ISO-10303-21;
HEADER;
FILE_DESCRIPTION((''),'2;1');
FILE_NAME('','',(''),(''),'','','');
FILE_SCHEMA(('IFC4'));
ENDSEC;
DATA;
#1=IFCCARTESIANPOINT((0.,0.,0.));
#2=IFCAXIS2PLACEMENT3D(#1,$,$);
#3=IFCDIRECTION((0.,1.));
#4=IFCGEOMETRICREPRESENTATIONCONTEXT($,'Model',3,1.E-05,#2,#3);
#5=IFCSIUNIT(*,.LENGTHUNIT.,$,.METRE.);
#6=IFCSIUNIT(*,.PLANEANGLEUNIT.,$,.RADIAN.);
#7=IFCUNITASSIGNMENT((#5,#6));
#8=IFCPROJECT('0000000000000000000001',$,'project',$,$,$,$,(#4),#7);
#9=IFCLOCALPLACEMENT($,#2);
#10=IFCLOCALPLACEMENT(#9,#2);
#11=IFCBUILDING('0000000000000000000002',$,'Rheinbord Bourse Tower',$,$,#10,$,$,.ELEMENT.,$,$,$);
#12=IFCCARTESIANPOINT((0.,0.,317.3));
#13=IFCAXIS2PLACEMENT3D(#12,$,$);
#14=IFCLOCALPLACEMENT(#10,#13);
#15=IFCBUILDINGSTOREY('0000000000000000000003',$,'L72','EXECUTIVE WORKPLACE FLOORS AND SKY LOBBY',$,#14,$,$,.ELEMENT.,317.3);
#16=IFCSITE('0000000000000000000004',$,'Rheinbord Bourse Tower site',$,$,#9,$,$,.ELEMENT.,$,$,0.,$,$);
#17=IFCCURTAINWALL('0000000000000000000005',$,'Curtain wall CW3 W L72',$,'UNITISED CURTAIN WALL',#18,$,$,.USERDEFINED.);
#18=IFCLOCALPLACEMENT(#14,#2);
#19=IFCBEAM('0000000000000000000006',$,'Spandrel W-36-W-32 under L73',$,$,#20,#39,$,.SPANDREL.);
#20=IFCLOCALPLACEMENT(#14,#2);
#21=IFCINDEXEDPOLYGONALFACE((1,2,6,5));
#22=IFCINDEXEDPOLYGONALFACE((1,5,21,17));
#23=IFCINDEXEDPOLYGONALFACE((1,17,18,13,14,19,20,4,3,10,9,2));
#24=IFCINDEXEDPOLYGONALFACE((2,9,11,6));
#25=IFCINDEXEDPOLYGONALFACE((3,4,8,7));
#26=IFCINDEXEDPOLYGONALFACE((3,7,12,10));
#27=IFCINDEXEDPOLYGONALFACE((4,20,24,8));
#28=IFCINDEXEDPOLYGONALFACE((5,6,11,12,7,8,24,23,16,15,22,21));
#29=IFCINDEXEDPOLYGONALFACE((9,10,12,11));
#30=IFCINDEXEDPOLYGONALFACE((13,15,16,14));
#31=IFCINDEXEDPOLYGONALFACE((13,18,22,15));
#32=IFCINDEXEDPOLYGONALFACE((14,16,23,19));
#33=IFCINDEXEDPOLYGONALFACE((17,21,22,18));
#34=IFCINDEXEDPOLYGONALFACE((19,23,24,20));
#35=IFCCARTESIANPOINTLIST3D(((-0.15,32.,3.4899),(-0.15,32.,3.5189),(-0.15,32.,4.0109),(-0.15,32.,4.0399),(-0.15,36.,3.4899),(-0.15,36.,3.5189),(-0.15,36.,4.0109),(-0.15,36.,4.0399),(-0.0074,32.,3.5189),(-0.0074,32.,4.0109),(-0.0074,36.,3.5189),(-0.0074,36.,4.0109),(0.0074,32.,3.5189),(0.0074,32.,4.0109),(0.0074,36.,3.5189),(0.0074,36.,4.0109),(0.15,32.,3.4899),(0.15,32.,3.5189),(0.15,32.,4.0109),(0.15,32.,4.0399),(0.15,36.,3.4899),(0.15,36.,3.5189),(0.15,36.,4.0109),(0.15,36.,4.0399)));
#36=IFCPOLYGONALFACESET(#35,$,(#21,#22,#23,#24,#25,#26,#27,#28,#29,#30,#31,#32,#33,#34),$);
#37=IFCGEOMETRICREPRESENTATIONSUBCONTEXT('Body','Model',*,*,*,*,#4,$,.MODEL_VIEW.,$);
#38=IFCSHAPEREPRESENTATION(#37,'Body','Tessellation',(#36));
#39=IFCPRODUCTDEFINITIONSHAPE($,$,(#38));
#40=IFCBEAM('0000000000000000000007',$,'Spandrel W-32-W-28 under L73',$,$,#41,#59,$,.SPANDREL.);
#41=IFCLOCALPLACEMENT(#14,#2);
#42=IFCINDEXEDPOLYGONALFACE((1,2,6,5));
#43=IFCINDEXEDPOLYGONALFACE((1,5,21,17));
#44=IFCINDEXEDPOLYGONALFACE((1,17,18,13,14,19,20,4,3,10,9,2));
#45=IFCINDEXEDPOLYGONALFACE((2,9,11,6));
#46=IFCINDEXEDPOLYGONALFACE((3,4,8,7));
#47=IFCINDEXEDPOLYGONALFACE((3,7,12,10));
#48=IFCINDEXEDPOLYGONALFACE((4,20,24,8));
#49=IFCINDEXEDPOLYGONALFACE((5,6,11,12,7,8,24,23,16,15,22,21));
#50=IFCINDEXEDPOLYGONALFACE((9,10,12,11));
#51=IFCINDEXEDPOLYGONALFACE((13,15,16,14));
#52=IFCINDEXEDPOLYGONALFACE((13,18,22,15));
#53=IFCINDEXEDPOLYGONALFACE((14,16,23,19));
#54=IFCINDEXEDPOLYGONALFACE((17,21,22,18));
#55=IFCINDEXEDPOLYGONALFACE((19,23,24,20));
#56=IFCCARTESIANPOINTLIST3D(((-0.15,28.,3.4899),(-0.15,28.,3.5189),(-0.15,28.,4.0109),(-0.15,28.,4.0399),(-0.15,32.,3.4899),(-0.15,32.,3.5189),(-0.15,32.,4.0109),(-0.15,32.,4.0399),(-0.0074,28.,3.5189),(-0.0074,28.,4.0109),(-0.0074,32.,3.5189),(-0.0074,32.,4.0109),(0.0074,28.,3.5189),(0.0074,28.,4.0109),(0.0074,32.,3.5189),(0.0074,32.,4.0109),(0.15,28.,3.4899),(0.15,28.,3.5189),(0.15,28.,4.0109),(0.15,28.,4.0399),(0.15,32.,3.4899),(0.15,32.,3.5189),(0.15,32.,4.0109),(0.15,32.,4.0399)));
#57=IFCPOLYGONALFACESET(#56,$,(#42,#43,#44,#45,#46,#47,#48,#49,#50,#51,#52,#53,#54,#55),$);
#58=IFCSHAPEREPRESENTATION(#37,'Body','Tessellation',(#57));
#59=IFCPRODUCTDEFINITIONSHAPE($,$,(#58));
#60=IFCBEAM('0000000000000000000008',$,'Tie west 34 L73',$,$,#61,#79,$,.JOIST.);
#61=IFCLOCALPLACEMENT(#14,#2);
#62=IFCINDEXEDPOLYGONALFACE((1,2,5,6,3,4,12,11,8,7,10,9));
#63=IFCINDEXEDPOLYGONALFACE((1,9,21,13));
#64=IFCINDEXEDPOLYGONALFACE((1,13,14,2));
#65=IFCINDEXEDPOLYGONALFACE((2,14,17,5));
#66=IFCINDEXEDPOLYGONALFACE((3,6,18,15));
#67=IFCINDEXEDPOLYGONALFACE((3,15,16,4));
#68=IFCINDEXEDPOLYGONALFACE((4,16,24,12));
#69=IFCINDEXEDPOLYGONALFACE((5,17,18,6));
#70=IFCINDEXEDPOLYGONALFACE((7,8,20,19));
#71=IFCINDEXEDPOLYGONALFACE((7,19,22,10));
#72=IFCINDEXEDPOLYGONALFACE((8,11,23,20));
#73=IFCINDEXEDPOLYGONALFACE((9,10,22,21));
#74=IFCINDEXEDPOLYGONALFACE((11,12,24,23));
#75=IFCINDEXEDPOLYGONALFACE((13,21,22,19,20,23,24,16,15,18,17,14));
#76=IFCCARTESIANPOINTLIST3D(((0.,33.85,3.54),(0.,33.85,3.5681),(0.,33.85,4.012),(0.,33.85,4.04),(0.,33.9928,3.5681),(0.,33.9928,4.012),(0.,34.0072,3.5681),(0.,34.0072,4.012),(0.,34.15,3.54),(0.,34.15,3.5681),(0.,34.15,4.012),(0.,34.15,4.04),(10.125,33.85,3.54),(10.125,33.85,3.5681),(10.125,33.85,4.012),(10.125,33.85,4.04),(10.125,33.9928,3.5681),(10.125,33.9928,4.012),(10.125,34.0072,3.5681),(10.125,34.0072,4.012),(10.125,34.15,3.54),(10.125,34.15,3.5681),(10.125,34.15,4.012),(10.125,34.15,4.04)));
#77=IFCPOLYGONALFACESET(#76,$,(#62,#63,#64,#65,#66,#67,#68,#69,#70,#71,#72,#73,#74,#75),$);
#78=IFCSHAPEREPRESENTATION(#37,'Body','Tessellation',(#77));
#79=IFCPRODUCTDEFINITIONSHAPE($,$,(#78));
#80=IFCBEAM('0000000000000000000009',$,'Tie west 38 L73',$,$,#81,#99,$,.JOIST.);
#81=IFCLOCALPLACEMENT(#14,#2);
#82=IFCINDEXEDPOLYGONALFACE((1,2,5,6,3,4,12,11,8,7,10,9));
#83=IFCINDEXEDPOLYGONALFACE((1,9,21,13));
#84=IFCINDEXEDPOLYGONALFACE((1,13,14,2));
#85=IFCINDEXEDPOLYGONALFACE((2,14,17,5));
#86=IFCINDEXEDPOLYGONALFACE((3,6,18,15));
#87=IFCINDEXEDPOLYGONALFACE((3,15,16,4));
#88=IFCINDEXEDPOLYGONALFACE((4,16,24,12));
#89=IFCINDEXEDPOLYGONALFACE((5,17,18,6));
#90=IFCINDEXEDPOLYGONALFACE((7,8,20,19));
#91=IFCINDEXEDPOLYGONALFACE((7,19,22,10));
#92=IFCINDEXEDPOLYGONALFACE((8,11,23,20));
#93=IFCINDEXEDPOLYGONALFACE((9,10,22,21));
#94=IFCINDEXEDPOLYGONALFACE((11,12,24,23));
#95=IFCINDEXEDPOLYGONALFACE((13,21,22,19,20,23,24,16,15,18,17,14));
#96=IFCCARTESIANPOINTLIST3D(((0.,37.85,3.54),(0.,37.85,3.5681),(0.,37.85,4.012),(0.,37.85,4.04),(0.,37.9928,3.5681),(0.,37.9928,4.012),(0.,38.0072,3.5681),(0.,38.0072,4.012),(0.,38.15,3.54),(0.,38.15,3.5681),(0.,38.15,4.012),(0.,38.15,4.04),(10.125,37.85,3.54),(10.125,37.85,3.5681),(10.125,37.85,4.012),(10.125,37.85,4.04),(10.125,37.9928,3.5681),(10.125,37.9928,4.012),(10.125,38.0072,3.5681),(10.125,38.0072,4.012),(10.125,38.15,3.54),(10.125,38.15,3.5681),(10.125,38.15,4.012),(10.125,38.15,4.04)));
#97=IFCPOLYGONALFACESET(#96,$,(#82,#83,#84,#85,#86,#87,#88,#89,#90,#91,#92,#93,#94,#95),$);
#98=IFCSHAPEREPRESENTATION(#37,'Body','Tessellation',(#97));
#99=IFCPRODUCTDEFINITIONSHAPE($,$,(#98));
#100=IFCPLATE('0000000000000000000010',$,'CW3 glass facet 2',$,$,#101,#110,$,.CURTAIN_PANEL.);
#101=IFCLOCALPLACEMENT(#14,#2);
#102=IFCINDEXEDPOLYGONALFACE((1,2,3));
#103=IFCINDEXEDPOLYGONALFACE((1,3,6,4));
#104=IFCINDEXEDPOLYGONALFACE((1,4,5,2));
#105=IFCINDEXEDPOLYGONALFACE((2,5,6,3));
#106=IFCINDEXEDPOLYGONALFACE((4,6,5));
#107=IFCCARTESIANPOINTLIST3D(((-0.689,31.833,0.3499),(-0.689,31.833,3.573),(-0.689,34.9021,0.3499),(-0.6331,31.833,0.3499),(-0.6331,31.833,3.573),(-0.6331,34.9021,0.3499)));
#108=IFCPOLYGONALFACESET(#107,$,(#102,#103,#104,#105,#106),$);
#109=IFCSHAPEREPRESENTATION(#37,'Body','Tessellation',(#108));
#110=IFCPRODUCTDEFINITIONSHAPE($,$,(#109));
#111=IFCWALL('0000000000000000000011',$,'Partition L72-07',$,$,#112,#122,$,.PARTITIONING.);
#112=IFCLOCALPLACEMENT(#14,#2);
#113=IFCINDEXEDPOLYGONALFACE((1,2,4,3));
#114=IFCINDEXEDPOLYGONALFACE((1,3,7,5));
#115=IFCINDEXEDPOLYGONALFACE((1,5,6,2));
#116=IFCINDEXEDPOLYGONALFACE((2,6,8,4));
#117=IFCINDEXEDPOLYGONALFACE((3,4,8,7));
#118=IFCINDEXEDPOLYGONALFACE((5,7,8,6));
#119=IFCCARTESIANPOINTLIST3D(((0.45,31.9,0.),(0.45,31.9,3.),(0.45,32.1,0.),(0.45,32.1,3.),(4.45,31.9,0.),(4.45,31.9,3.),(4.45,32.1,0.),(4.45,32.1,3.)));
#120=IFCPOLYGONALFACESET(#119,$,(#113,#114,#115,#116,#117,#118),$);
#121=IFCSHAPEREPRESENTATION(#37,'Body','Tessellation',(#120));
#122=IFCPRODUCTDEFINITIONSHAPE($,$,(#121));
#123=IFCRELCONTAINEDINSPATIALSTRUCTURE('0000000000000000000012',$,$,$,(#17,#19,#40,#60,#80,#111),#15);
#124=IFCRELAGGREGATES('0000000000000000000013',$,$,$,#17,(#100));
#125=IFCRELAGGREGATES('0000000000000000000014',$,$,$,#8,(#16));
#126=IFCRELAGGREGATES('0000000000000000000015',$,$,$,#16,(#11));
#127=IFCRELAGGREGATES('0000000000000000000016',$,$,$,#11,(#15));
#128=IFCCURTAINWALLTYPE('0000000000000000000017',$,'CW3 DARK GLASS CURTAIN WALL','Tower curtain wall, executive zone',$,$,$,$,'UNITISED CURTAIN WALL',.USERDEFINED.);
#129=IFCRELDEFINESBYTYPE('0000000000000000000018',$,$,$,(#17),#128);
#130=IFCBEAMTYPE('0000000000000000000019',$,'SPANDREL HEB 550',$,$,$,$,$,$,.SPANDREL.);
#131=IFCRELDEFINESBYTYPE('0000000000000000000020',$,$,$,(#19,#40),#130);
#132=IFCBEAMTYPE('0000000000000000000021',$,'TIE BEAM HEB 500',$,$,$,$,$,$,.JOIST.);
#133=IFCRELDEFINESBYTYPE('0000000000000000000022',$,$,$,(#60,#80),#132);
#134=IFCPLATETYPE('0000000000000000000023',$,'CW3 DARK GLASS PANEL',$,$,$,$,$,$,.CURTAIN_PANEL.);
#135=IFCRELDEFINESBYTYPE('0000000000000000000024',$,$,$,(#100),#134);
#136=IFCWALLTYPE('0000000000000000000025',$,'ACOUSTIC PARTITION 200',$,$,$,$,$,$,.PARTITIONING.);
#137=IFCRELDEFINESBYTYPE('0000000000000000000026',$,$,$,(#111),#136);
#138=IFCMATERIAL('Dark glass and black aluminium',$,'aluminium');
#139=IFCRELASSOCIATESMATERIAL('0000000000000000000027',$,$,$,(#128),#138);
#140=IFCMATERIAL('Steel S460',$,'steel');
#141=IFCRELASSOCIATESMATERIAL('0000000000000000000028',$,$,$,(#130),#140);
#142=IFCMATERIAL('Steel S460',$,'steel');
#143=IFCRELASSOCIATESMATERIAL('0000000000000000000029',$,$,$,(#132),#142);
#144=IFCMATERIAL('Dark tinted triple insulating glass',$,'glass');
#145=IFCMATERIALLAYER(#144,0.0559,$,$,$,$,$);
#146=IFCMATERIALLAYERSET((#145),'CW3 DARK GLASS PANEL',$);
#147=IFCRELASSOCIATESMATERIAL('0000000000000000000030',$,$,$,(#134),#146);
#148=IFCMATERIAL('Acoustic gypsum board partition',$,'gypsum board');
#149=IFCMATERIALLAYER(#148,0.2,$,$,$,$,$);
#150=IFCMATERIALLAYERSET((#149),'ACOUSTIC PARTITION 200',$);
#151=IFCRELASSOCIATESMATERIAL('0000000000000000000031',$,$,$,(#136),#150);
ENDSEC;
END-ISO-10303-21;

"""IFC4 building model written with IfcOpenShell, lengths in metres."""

from ifc_helpers import new_model, si_unit, direction, frame, frame_2d, origin, origin_2d, place, context, subcontext, project, spatial, polyline, rectangle, i_section, outline, extrude, material, layer, layer_set, material_profile, profile_set, type_object, element, aggregate, save


model = new_model("IFC4")

# Units and contexts
model_context = context("Model", 3, precision=1e-05, world=origin(), true_north=direction((0.0, 1.0)))
body_context = subcontext(model_context, "Body", "Model", "MODEL_VIEW")
ifc_project = project(units=[si_unit("LENGTHUNIT", "METRE"), si_unit("PLANEANGLEUNIT", "RADIAN")], contexts=[model_context])

# Site, building, storey
site_placement = place(None, origin())
site = spatial("IfcSite", under=ifc_project, at=site_placement, Name="Rheinbord Bourse Tower site", CompositionType="ELEMENT", RefElevation=0.0)
building_placement = place(site_placement, origin())
building = spatial("IfcBuilding", under=site, at=building_placement, Name="Rheinbord Bourse Tower", CompositionType="ELEMENT")
storey_placement = place(building_placement, frame((0.0, 0.0, 317.3)))
storey = spatial("IfcBuildingStorey", under=building, at=storey_placement, Name="L72", Description="EXECUTIVE WORKPLACE FLOORS AND SKY LOBBY", CompositionType="ELEMENT", Elevation=317.3)

# Curtain wall
ifc_material_1 = material(Name="Dark glass and black aluminium", Category="aluminium")
curtain_wall_type = type_object("IfcCurtainWallType", Name="CW3 DARK GLASS CURTAIN WALL", Description="Tower curtain wall, executive zone", ElementType="UNITISED CURTAIN WALL", PredefinedType="USERDEFINED", material=ifc_material_1)
curtain_wall_placement = place(storey_placement, origin())
curtain_wall = element("IfcCurtainWall", 1, at=curtain_wall_placement, inside=storey, type_object=curtain_wall_type, Name="Curtain wall CW3 W L72", ObjectType="UNITISED CURTAIN WALL", PredefinedType="USERDEFINED")

# Beams
ifc_material_2 = material(Name="Steel S460", Category="steel")
ifc_material_profile_1 = material_profile(ifc_material_2, i_section(OverallWidth=0.3, OverallDepth=0.55, WebThickness=0.0149, FlangeThickness=0.0291, at=origin_2d()), Name="HEB 550")
ifc_profile_set_1 = profile_set([ifc_material_profile_1], Name="Steel S460")
beam_type_1 = type_object("IfcBeamType", Name="SPANDREL HEB 550", PredefinedType="SPANDREL", material=ifc_profile_set_1)
for number, where, z_axis, x_axis, name in (
    (2, (0.0, 36.0, 3.7649), (0.0, -1.0, 0.0), (1.0, 0.0, 0.0), "Spandrel W-36-W-32 under L73"),
    (3, (0.0, 32.0, 3.7649), (0.0, -1.0, 0.0), (1.0, 0.0, 0.0), "Spandrel W-32-W-28 under L73"),
):
    element("IfcBeam", number, at=place(storey_placement, frame(where, z_axis=z_axis, x_axis=x_axis)), inside=storey, type_object=beam_type_1, Name=name, PredefinedType="SPANDREL", context=body_context, shape_type="SweptSolid", body=[
        extrude(i_section(OverallWidth=0.3, OverallDepth=0.55, WebThickness=0.0149, FlangeThickness=0.0291, at=origin_2d()), origin(), (0.0, 0.0, 1.0), 4.0),
    ])
ifc_material_3 = material(Name="Steel S460", Category="steel")
ifc_material_profile_2 = material_profile(ifc_material_3, i_section(OverallWidth=0.3, OverallDepth=0.5, WebThickness=0.0144, FlangeThickness=0.0281, at=origin_2d()), Name="HEB 500")
ifc_profile_set_2 = profile_set([ifc_material_profile_2], Name="Steel S460")
beam_type_2 = type_object("IfcBeamType", Name="TIE BEAM HEB 500", PredefinedType="JOIST", material=ifc_profile_set_2)
for number, where, z_axis, x_axis, name in (
    (4, (0.0, 34.0, 3.79), (1.0, 0.0, 0.0), (0.0, 1.0, 0.0), "Tie west 34 L73"),
    (5, (0.0, 38.0, 3.79), (1.0, 0.0, 0.0), (0.0, 1.0, 0.0), "Tie west 38 L73"),
):
    element("IfcBeam", number, at=place(storey_placement, frame(where, z_axis=z_axis, x_axis=x_axis)), inside=storey, type_object=beam_type_2, Name=name, PredefinedType="JOIST", context=body_context, shape_type="SweptSolid", body=[
        extrude(i_section(OverallWidth=0.3, OverallDepth=0.5, WebThickness=0.0144, FlangeThickness=0.0281, at=origin_2d()), origin(), (0.0, 0.0, 1.0), 10.125),
    ])

# Plate
ifc_material_4 = material(Name="Dark tinted triple insulating glass", Category="glass")
ifc_layer_1 = layer(ifc_material_4, 0.0559)
ifc_layer_set_1 = layer_set([ifc_layer_1], Name="CW3 DARK GLASS PANEL")
plate_type = type_object("IfcPlateType", Name="CW3 DARK GLASS PANEL", PredefinedType="CURTAIN_PANEL", material=ifc_layer_set_1)
plate_placement = place(storey_placement, frame((-0.689, 31.833, 0.3499), z_axis=(1.0, 0.0, 0.0), x_axis=(0.0, 1.0, 0.0)))
plate = element("IfcPlate", 6, at=plate_placement, type_object=plate_type, Name="CW3 glass facet 2", PredefinedType="CURTAIN_PANEL", context=body_context, shape_type="SweptSolid", body=[
    extrude(outline(polyline([(0.0, 0.0), (3.0691, 0.0), (0.0, 3.2231), (0.0, 0.0)])), origin(), (0.0, 0.0, 1.0), 0.0559),
])
aggregate(curtain_wall, [plate])

# Wall
ifc_material_5 = material(Name="Acoustic gypsum board partition", Category="gypsum board")
ifc_layer_2 = layer(ifc_material_5, 0.2)
ifc_layer_set_2 = layer_set([ifc_layer_2], Name="ACOUSTIC PARTITION 200")
wall_type_1 = type_object("IfcWallType", Name="ACOUSTIC PARTITION 200", PredefinedType="PARTITIONING", material=ifc_layer_set_2)
wall_1_placement = place(storey_placement, frame((0.45, 32.0, 0.0), z_axis=(0.0, 0.0, 1.0), x_axis=(1.0, 0.0, 0.0)))
element("IfcWall", 7, at=wall_1_placement, inside=storey, type_object=wall_type_1, Name="Partition L72-07", PredefinedType="PARTITIONING", context=body_context, shape_type="SweptSolid", body=[
    extrude(rectangle(XDim=4.0, YDim=0.2, at=frame_2d((2.0, 0.0))), origin(), (0.0, 0.0, 1.0), 3.0),
])

save(model, "model.ifc")
